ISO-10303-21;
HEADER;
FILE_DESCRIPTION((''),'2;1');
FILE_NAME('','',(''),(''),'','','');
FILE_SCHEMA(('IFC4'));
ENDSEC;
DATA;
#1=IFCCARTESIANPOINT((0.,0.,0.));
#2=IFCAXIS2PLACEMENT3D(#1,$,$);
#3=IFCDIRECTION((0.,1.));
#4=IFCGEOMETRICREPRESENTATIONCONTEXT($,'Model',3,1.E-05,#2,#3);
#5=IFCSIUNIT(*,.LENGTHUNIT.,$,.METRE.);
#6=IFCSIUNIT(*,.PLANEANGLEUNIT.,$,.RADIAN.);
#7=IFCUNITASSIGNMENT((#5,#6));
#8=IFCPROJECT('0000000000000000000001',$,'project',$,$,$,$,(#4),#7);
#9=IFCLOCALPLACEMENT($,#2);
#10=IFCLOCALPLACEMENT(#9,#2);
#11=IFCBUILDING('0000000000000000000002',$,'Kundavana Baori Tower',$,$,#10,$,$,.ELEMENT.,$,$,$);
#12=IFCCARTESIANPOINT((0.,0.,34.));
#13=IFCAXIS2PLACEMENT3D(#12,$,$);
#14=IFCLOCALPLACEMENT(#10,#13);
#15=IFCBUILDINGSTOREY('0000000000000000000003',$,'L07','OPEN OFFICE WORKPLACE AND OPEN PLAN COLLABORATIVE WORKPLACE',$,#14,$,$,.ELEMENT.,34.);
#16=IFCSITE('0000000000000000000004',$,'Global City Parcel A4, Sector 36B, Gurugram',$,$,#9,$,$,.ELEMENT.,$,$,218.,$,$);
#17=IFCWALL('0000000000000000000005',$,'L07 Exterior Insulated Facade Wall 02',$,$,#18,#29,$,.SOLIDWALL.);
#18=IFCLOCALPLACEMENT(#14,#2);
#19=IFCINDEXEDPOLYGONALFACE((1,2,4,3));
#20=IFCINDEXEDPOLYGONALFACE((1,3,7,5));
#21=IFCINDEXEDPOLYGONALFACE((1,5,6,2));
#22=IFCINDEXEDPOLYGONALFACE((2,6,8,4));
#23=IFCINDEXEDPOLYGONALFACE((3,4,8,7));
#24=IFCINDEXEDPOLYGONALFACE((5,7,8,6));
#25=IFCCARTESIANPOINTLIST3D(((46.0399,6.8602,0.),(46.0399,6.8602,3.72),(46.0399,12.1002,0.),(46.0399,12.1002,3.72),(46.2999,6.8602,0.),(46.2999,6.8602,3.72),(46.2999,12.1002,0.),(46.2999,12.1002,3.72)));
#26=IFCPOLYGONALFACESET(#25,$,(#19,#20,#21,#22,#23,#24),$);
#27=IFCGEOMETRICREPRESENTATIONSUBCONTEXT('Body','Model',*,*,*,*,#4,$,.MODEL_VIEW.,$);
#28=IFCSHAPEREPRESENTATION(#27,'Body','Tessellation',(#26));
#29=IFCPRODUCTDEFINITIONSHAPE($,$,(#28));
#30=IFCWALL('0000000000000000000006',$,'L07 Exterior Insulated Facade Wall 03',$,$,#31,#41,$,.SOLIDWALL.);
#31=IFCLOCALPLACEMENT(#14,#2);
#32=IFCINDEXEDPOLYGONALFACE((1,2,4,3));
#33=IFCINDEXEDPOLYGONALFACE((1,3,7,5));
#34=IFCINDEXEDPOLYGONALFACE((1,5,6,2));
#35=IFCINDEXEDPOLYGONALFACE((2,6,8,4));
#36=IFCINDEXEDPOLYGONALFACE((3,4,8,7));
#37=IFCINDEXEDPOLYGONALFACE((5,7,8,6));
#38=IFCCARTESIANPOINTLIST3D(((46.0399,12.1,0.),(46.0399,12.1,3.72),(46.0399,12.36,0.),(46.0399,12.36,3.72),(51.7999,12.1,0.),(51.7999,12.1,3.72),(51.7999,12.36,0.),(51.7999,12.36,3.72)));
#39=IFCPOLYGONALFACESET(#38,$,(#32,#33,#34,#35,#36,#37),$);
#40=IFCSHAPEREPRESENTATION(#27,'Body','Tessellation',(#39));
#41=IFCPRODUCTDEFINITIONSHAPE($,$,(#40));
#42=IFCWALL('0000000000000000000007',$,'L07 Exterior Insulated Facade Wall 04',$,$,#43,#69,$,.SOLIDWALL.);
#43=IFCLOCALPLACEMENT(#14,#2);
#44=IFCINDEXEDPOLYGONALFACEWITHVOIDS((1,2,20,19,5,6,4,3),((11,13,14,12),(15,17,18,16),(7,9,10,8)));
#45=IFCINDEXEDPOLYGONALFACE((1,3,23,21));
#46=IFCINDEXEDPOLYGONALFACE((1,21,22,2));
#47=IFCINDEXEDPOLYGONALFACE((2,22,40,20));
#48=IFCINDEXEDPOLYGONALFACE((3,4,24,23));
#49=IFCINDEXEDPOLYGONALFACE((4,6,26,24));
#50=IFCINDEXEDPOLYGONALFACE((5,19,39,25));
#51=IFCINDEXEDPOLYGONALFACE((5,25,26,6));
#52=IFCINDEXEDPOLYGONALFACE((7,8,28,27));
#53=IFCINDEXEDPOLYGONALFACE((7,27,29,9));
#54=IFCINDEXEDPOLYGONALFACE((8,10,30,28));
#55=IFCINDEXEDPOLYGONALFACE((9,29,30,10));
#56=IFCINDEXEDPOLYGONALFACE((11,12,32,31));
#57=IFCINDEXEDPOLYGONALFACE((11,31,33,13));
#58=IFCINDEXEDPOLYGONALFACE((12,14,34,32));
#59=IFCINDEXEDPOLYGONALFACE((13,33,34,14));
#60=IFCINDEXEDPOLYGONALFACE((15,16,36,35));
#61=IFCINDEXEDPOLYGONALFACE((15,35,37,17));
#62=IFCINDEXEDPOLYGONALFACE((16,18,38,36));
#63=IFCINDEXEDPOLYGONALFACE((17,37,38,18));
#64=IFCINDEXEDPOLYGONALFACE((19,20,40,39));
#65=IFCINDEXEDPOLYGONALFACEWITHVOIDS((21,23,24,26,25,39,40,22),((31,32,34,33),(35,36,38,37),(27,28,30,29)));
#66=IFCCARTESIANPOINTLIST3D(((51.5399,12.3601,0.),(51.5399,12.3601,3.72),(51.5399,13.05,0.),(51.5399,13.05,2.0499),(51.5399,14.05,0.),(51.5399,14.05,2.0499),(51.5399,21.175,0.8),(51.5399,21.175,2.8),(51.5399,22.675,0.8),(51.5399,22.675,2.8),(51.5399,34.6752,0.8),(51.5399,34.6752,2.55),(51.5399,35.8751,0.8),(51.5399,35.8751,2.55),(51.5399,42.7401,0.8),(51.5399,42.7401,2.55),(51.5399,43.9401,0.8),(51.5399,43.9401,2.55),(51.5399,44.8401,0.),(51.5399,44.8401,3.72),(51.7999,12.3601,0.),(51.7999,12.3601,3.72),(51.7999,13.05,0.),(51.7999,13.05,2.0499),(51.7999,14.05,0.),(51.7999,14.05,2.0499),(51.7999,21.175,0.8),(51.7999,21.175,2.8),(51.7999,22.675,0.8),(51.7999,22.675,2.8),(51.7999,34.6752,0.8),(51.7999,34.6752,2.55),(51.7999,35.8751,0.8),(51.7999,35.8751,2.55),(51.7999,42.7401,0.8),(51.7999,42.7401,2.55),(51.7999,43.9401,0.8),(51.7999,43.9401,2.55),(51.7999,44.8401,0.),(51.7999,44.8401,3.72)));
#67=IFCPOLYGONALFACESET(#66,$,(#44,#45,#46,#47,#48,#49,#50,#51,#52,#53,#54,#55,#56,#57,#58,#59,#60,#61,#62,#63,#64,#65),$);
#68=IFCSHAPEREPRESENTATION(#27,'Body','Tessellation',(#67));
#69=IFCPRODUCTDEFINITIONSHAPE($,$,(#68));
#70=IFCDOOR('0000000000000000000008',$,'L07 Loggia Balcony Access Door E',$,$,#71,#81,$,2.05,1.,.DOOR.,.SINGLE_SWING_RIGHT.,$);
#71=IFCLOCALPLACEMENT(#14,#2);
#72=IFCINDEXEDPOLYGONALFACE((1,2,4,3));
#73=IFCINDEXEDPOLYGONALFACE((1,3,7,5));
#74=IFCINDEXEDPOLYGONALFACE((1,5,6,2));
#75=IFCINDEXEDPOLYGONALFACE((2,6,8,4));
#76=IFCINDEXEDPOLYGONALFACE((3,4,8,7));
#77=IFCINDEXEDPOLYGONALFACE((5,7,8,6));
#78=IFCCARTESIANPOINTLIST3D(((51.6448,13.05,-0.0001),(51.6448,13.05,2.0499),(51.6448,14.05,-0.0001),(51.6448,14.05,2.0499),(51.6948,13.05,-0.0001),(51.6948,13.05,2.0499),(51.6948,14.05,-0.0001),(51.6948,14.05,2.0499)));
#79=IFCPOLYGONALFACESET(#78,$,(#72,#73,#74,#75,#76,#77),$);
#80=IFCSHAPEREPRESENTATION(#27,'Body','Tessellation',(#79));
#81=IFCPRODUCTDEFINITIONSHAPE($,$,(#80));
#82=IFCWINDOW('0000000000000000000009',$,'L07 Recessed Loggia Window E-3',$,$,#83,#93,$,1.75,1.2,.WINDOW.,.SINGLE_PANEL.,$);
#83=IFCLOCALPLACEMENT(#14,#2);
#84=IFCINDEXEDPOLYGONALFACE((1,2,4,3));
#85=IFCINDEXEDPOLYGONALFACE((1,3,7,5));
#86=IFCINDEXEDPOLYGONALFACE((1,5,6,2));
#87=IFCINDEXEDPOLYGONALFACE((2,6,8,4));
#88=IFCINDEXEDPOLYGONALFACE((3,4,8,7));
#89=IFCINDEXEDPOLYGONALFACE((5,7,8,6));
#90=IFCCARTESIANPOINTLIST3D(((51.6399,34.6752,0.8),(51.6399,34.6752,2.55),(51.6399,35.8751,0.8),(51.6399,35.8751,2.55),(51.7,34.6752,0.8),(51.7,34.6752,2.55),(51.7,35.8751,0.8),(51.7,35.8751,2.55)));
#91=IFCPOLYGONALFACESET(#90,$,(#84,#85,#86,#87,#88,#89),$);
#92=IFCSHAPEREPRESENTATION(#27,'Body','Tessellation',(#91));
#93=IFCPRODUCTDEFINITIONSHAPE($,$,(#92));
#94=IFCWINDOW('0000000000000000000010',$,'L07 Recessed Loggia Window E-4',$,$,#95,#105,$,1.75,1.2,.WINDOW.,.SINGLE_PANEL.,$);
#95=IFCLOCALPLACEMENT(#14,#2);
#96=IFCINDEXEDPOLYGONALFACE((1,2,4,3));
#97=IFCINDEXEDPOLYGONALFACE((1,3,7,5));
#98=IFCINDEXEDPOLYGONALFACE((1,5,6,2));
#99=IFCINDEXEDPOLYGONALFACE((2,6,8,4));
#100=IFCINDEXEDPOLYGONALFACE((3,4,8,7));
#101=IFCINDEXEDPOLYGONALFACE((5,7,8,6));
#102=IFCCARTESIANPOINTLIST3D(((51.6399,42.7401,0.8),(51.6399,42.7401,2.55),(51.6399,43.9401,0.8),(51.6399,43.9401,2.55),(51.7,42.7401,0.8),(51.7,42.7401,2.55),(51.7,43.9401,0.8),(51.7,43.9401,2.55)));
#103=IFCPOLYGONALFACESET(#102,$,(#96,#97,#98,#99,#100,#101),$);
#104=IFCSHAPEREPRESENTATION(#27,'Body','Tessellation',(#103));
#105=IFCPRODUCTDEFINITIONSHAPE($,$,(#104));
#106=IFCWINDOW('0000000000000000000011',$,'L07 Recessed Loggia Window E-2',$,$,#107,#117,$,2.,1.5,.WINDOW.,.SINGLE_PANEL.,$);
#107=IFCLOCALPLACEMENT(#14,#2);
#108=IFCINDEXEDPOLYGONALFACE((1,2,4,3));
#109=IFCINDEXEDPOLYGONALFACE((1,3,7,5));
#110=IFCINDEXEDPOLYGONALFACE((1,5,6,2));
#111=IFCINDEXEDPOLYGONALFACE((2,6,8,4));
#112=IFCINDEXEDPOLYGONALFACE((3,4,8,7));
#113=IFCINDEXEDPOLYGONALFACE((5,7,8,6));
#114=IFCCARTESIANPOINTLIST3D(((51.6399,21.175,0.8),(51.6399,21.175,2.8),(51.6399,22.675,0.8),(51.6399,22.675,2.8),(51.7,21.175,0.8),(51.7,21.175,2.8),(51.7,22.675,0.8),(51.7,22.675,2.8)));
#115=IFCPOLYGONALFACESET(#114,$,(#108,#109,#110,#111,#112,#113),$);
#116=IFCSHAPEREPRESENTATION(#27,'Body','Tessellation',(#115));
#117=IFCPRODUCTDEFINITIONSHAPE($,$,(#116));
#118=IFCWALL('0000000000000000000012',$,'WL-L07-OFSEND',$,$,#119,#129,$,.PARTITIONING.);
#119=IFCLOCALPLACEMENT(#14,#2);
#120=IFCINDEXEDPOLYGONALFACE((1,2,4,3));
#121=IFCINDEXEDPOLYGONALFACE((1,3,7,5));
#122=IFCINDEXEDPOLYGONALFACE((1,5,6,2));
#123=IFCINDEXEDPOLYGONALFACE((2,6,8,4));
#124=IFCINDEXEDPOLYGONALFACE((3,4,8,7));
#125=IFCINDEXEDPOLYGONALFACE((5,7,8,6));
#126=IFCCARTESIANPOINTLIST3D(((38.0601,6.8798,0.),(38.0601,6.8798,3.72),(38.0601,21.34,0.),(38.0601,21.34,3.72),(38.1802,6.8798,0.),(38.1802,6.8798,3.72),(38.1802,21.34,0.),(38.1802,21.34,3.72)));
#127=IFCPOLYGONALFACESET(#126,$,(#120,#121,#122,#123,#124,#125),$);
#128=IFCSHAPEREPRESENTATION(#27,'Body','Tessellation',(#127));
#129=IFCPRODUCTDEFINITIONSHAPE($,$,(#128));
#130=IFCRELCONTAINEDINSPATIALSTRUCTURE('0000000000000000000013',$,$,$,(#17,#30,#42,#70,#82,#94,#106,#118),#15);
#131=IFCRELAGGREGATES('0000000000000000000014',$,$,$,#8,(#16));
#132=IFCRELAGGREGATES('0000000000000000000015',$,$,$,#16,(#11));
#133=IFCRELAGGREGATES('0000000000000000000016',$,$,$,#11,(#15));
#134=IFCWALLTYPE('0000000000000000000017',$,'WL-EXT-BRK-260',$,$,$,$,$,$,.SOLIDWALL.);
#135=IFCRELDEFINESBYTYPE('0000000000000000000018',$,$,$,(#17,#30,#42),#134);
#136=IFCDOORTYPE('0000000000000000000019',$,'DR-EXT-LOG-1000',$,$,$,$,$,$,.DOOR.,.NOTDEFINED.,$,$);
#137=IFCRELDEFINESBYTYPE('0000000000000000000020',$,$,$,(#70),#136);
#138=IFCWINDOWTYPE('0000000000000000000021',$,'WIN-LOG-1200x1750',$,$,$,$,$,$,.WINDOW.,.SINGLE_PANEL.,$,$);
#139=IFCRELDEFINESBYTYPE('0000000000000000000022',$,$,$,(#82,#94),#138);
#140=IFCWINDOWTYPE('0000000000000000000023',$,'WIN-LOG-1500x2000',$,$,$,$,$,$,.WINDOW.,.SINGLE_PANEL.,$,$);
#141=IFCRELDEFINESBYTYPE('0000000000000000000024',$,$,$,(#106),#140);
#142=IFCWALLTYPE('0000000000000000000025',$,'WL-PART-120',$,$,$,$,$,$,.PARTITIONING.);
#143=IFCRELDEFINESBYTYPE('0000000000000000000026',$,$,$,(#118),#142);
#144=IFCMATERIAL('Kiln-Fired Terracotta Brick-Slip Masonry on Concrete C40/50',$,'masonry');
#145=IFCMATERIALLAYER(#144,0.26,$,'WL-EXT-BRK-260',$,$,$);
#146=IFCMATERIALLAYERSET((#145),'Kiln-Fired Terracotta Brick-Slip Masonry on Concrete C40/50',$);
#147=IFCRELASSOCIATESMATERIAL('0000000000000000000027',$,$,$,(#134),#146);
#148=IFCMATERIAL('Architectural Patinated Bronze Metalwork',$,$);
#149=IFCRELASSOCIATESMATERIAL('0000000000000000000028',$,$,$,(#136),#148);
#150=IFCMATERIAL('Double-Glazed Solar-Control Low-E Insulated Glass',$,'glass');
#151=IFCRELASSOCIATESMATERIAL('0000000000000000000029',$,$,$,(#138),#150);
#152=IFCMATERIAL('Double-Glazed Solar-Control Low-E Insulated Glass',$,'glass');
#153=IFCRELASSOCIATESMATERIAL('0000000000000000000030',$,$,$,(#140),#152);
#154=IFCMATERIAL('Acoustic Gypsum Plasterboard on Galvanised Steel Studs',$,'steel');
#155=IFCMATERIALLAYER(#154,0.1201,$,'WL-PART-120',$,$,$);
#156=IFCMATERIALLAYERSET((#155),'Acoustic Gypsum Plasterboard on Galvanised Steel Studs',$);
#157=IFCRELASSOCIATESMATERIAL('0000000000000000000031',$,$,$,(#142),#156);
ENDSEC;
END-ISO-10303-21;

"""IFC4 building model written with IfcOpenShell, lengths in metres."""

from ifc_helpers import new_model, si_unit, direction, frame, frame_2d, origin, place, context, subcontext, project, spatial, rectangle, extrude, material, layer, layer_set, type_object, element, fill, save


model = new_model("IFC4")

# Units and contexts
model_context = context("Model", 3, precision=1e-05, world=origin(), true_north=direction((0.0, 1.0)))
body_context = subcontext(model_context, "Body", "Model", "MODEL_VIEW")
ifc_project = project(units=[si_unit("LENGTHUNIT", "METRE"), si_unit("PLANEANGLEUNIT", "RADIAN")], contexts=[model_context])

# Site, building, storey
site_placement = place(None, origin())
site = spatial("IfcSite", under=ifc_project, at=site_placement, Name="Global City Parcel A4, Sector 36B, Gurugram", CompositionType="ELEMENT", RefElevation=218.0)
building_placement = place(site_placement, origin())
building = spatial("IfcBuilding", under=site, at=building_placement, Name="Kundavana Baori Tower", CompositionType="ELEMENT")
storey_placement = place(building_placement, frame((0.0, 0.0, 34.0)))
storey = spatial("IfcBuildingStorey", under=building, at=storey_placement, Name="L07", Description="OPEN OFFICE WORKPLACE AND OPEN PLAN COLLABORATIVE WORKPLACE", CompositionType="ELEMENT", Elevation=34.0)

# Walls
ifc_material_1 = material(Name="Kiln-Fired Terracotta Brick-Slip Masonry on Concrete C40/50", Category="masonry")
ifc_layer_1 = layer(ifc_material_1, 0.26, Name="WL-EXT-BRK-260")
ifc_layer_set_1 = layer_set([ifc_layer_1], Name="Kiln-Fired Terracotta Brick-Slip Masonry on Concrete C40/50")
wall_type_1 = type_object("IfcWallType", Name="WL-EXT-BRK-260", PredefinedType="SOLIDWALL", material=ifc_layer_set_1)
wall_1_placement = place(storey_placement, frame((46.1699, 6.8601, 0.0), z_axis=(0.0, 0.0, 1.0), x_axis=(0.0, 1.0, 0.0)))
element("IfcWall", 1, at=wall_1_placement, inside=storey, type_object=wall_type_1, Name="L07 Exterior Insulated Facade Wall 02", PredefinedType="SOLIDWALL", context=body_context, shape_type="SweptSolid", body=[
    extrude(rectangle(XDim=5.24, YDim=0.26, at=frame_2d((2.6201, 0.0))), origin(), (0.0, 0.0, 1.0), 3.72),
])
wall_2_placement = place(storey_placement, frame((46.04, 12.23, 0.0), z_axis=(0.0, 0.0, 1.0), x_axis=(1.0, 0.0, 0.0)))
element("IfcWall", 2, at=wall_2_placement, inside=storey, type_object=wall_type_1, Name="L07 Exterior Insulated Facade Wall 03", PredefinedType="SOLIDWALL", context=body_context, shape_type="SweptSolid", body=[
    extrude(rectangle(XDim=5.76, YDim=0.26, at=frame_2d((2.8799, 0.0))), origin(), (0.0, 0.0, 1.0), 3.72),
])

# Wall, openings, door, windows
wall_3_placement = place(storey_placement, frame((51.6699, 12.3601, 0.0), z_axis=(0.0, 0.0, 1.0), x_axis=(0.0, 1.0, 0.0)))
wall_3 = element("IfcWall", 3, at=wall_3_placement, inside=storey, type_object=wall_type_1, Name="L07 Exterior Insulated Facade Wall 04", PredefinedType="SOLIDWALL", context=body_context, shape_type="SweptSolid", body=[
    extrude(rectangle(XDim=32.48, YDim=0.26, at=frame_2d((16.24, 0.0))), origin(), (0.0, 0.0, 1.0), 3.72),
])
opening_1_placement = place(wall_3_placement, frame((0.6899, 0.0, 0.0)))
opening_1 = element("IfcOpeningElement", 4, at=opening_1_placement, cuts=wall_3, PredefinedType="OPENING", context=body_context, shape_type="SweptSolid", body=[
    extrude(rectangle(XDim=1.0, YDim=2.05, at=frame_2d((0.5, 1.0249))), frame((0.0, 0.1401, 0.0), z_axis=(0.0, -1.0, 0.0), x_axis=(1.0, 0.0, 0.0)), (0.0, 0.0, 1.0), 0.28),
])
opening_2_placement = place(wall_3_placement, frame((8.8149, 0.0, 0.8)))
opening_2 = element("IfcOpeningElement", 5, at=opening_2_placement, cuts=wall_3, PredefinedType="OPENING", context=body_context, shape_type="SweptSolid", body=[
    extrude(rectangle(XDim=1.5, YDim=2.0, at=frame_2d((0.75, 1.0))), frame((0.0, 0.1401, 0.0), z_axis=(0.0, -1.0, 0.0), x_axis=(1.0, 0.0, 0.0)), (0.0, 0.0, 1.0), 0.28),
])
opening_3_placement = place(wall_3_placement, frame((22.3149, 0.0, 0.8)))
opening_3 = element("IfcOpeningElement", 6, at=opening_3_placement, cuts=wall_3, PredefinedType="OPENING", context=body_context, shape_type="SweptSolid", body=[
    extrude(rectangle(XDim=1.2, YDim=1.75, at=frame_2d((0.6001, 0.875))), frame((0.0, 0.1401, 0.0), z_axis=(0.0, -1.0, 0.0), x_axis=(1.0, 0.0, 0.0)), (0.0, 0.0, 1.0), 0.28),
])
opening_4_placement = place(wall_3_placement, frame((30.3799, 0.0, 0.8)))
opening_4 = element("IfcOpeningElement", 7, at=opening_4_placement, cuts=wall_3, PredefinedType="OPENING", context=body_context, shape_type="SweptSolid", body=[
    extrude(rectangle(XDim=1.2, YDim=1.75, at=frame_2d((0.6001, 0.875))), frame((0.0, 0.1401, 0.0), z_axis=(0.0, -1.0, 0.0), x_axis=(1.0, 0.0, 0.0)), (0.0, 0.0, 1.0), 0.28),
])
ifc_material_2 = material(Name="Architectural Patinated Bronze Metalwork")
door_type_1 = type_object("IfcDoorType", Name="DR-EXT-LOG-1000", OperationType="NOTDEFINED", PredefinedType="DOOR", material=ifc_material_2)
door_1_placement = place(opening_1_placement, frame((1.0, 0.0, 0.0), z_axis=(0.0, 0.0, 1.0), x_axis=(-1.0, 0.0, 0.0)))
door_1 = element("IfcDoor", 8, at=door_1_placement, inside=storey, type_object=door_type_1, Name="L07 Loggia Balcony Access Door E", OperationType="SINGLE_SWING_RIGHT", OverallHeight=2.05, OverallWidth=1.0, PredefinedType="DOOR", context=body_context, shape_type="SweptSolid", body=[
    extrude(rectangle(XDim=1.0, YDim=2.05, at=frame_2d((0.5, 1.0249))), frame((0.0, 0.0249, 0.0), z_axis=(0.0, -1.0, 0.0), x_axis=(1.0, 0.0, 0.0)), (0.0, 0.0, 1.0), 0.05),
])
fill(opening_1, door_1)
ifc_material_3 = material(Name="Double-Glazed Solar-Control Low-E Insulated Glass", Category="glass")
window_type_1 = type_object("IfcWindowType", Name="WIN-LOG-1200x1750", PartitioningType="SINGLE_PANEL", PredefinedType="WINDOW", material=ifc_material_3)
window_1_placement = place(opening_3_placement, origin())
window_1 = element("IfcWindow", 9, at=window_1_placement, inside=storey, type_object=window_type_1, Name="L07 Recessed Loggia Window E-3", OverallHeight=1.75, OverallWidth=1.2, PartitioningType="SINGLE_PANEL", PredefinedType="WINDOW", context=body_context, shape_type="SweptSolid", body=[
    extrude(rectangle(XDim=1.2, YDim=1.75, at=frame_2d((0.6001, 0.875))), frame((0.0, 0.03, 0.0), z_axis=(0.0, -1.0, 0.0), x_axis=(1.0, 0.0, 0.0)), (0.0, 0.0, 1.0), 0.0601),
])
fill(opening_3, window_1)
window_2_placement = place(opening_4_placement, origin())
window_2 = element("IfcWindow", 10, at=window_2_placement, inside=storey, type_object=window_type_1, Name="L07 Recessed Loggia Window E-4", OverallHeight=1.75, OverallWidth=1.2, PartitioningType="SINGLE_PANEL", PredefinedType="WINDOW", context=body_context, shape_type="SweptSolid", body=[
    extrude(rectangle(XDim=1.2, YDim=1.75, at=frame_2d((0.6001, 0.875))), frame((0.0, 0.03, 0.0), z_axis=(0.0, -1.0, 0.0), x_axis=(1.0, 0.0, 0.0)), (0.0, 0.0, 1.0), 0.0601),
])
fill(opening_4, window_2)
ifc_material_4 = material(Name="Double-Glazed Solar-Control Low-E Insulated Glass", Category="glass")
window_type_2 = type_object("IfcWindowType", Name="WIN-LOG-1500x2000", PartitioningType="SINGLE_PANEL", PredefinedType="WINDOW", material=ifc_material_4)
window_3_placement = place(opening_2_placement, origin())
window_3 = element("IfcWindow", 11, at=window_3_placement, inside=storey, type_object=window_type_2, Name="L07 Recessed Loggia Window E-2", OverallHeight=2.0, OverallWidth=1.5, PartitioningType="SINGLE_PANEL", PredefinedType="WINDOW", context=body_context, shape_type="SweptSolid", body=[
    extrude(rectangle(XDim=1.5, YDim=2.0, at=frame_2d((0.75, 1.0))), frame((0.0, 0.03, 0.0), z_axis=(0.0, -1.0, 0.0), x_axis=(1.0, 0.0, 0.0)), (0.0, 0.0, 1.0), 0.0601),
])
fill(opening_2, window_3)

# Wall
ifc_material_5 = material(Name="Acoustic Gypsum Plasterboard on Galvanised Steel Studs", Category="steel")
ifc_layer_2 = layer(ifc_material_5, 0.1201, Name="WL-PART-120")
ifc_layer_set_2 = layer_set([ifc_layer_2], Name="Acoustic Gypsum Plasterboard on Galvanised Steel Studs")
wall_type_2 = type_object("IfcWallType", Name="WL-PART-120", PredefinedType="PARTITIONING", material=ifc_layer_set_2)
wall_4_placement = place(storey_placement, frame((38.1201, 6.8799, 0.0), z_axis=(0.0, 0.0, 1.0), x_axis=(0.0, 1.0, 0.0)))
element("IfcWall", 12, at=wall_4_placement, inside=storey, type_object=wall_type_2, Name="WL-L07-OFSEND", PredefinedType="PARTITIONING", context=body_context, shape_type="SweptSolid", body=[
    extrude(rectangle(XDim=14.4602, YDim=0.1201, at=frame_2d((7.23, 0.0))), origin(), (0.0, 0.0, 1.0), 3.72),
])

save(model, "model.ifc")
